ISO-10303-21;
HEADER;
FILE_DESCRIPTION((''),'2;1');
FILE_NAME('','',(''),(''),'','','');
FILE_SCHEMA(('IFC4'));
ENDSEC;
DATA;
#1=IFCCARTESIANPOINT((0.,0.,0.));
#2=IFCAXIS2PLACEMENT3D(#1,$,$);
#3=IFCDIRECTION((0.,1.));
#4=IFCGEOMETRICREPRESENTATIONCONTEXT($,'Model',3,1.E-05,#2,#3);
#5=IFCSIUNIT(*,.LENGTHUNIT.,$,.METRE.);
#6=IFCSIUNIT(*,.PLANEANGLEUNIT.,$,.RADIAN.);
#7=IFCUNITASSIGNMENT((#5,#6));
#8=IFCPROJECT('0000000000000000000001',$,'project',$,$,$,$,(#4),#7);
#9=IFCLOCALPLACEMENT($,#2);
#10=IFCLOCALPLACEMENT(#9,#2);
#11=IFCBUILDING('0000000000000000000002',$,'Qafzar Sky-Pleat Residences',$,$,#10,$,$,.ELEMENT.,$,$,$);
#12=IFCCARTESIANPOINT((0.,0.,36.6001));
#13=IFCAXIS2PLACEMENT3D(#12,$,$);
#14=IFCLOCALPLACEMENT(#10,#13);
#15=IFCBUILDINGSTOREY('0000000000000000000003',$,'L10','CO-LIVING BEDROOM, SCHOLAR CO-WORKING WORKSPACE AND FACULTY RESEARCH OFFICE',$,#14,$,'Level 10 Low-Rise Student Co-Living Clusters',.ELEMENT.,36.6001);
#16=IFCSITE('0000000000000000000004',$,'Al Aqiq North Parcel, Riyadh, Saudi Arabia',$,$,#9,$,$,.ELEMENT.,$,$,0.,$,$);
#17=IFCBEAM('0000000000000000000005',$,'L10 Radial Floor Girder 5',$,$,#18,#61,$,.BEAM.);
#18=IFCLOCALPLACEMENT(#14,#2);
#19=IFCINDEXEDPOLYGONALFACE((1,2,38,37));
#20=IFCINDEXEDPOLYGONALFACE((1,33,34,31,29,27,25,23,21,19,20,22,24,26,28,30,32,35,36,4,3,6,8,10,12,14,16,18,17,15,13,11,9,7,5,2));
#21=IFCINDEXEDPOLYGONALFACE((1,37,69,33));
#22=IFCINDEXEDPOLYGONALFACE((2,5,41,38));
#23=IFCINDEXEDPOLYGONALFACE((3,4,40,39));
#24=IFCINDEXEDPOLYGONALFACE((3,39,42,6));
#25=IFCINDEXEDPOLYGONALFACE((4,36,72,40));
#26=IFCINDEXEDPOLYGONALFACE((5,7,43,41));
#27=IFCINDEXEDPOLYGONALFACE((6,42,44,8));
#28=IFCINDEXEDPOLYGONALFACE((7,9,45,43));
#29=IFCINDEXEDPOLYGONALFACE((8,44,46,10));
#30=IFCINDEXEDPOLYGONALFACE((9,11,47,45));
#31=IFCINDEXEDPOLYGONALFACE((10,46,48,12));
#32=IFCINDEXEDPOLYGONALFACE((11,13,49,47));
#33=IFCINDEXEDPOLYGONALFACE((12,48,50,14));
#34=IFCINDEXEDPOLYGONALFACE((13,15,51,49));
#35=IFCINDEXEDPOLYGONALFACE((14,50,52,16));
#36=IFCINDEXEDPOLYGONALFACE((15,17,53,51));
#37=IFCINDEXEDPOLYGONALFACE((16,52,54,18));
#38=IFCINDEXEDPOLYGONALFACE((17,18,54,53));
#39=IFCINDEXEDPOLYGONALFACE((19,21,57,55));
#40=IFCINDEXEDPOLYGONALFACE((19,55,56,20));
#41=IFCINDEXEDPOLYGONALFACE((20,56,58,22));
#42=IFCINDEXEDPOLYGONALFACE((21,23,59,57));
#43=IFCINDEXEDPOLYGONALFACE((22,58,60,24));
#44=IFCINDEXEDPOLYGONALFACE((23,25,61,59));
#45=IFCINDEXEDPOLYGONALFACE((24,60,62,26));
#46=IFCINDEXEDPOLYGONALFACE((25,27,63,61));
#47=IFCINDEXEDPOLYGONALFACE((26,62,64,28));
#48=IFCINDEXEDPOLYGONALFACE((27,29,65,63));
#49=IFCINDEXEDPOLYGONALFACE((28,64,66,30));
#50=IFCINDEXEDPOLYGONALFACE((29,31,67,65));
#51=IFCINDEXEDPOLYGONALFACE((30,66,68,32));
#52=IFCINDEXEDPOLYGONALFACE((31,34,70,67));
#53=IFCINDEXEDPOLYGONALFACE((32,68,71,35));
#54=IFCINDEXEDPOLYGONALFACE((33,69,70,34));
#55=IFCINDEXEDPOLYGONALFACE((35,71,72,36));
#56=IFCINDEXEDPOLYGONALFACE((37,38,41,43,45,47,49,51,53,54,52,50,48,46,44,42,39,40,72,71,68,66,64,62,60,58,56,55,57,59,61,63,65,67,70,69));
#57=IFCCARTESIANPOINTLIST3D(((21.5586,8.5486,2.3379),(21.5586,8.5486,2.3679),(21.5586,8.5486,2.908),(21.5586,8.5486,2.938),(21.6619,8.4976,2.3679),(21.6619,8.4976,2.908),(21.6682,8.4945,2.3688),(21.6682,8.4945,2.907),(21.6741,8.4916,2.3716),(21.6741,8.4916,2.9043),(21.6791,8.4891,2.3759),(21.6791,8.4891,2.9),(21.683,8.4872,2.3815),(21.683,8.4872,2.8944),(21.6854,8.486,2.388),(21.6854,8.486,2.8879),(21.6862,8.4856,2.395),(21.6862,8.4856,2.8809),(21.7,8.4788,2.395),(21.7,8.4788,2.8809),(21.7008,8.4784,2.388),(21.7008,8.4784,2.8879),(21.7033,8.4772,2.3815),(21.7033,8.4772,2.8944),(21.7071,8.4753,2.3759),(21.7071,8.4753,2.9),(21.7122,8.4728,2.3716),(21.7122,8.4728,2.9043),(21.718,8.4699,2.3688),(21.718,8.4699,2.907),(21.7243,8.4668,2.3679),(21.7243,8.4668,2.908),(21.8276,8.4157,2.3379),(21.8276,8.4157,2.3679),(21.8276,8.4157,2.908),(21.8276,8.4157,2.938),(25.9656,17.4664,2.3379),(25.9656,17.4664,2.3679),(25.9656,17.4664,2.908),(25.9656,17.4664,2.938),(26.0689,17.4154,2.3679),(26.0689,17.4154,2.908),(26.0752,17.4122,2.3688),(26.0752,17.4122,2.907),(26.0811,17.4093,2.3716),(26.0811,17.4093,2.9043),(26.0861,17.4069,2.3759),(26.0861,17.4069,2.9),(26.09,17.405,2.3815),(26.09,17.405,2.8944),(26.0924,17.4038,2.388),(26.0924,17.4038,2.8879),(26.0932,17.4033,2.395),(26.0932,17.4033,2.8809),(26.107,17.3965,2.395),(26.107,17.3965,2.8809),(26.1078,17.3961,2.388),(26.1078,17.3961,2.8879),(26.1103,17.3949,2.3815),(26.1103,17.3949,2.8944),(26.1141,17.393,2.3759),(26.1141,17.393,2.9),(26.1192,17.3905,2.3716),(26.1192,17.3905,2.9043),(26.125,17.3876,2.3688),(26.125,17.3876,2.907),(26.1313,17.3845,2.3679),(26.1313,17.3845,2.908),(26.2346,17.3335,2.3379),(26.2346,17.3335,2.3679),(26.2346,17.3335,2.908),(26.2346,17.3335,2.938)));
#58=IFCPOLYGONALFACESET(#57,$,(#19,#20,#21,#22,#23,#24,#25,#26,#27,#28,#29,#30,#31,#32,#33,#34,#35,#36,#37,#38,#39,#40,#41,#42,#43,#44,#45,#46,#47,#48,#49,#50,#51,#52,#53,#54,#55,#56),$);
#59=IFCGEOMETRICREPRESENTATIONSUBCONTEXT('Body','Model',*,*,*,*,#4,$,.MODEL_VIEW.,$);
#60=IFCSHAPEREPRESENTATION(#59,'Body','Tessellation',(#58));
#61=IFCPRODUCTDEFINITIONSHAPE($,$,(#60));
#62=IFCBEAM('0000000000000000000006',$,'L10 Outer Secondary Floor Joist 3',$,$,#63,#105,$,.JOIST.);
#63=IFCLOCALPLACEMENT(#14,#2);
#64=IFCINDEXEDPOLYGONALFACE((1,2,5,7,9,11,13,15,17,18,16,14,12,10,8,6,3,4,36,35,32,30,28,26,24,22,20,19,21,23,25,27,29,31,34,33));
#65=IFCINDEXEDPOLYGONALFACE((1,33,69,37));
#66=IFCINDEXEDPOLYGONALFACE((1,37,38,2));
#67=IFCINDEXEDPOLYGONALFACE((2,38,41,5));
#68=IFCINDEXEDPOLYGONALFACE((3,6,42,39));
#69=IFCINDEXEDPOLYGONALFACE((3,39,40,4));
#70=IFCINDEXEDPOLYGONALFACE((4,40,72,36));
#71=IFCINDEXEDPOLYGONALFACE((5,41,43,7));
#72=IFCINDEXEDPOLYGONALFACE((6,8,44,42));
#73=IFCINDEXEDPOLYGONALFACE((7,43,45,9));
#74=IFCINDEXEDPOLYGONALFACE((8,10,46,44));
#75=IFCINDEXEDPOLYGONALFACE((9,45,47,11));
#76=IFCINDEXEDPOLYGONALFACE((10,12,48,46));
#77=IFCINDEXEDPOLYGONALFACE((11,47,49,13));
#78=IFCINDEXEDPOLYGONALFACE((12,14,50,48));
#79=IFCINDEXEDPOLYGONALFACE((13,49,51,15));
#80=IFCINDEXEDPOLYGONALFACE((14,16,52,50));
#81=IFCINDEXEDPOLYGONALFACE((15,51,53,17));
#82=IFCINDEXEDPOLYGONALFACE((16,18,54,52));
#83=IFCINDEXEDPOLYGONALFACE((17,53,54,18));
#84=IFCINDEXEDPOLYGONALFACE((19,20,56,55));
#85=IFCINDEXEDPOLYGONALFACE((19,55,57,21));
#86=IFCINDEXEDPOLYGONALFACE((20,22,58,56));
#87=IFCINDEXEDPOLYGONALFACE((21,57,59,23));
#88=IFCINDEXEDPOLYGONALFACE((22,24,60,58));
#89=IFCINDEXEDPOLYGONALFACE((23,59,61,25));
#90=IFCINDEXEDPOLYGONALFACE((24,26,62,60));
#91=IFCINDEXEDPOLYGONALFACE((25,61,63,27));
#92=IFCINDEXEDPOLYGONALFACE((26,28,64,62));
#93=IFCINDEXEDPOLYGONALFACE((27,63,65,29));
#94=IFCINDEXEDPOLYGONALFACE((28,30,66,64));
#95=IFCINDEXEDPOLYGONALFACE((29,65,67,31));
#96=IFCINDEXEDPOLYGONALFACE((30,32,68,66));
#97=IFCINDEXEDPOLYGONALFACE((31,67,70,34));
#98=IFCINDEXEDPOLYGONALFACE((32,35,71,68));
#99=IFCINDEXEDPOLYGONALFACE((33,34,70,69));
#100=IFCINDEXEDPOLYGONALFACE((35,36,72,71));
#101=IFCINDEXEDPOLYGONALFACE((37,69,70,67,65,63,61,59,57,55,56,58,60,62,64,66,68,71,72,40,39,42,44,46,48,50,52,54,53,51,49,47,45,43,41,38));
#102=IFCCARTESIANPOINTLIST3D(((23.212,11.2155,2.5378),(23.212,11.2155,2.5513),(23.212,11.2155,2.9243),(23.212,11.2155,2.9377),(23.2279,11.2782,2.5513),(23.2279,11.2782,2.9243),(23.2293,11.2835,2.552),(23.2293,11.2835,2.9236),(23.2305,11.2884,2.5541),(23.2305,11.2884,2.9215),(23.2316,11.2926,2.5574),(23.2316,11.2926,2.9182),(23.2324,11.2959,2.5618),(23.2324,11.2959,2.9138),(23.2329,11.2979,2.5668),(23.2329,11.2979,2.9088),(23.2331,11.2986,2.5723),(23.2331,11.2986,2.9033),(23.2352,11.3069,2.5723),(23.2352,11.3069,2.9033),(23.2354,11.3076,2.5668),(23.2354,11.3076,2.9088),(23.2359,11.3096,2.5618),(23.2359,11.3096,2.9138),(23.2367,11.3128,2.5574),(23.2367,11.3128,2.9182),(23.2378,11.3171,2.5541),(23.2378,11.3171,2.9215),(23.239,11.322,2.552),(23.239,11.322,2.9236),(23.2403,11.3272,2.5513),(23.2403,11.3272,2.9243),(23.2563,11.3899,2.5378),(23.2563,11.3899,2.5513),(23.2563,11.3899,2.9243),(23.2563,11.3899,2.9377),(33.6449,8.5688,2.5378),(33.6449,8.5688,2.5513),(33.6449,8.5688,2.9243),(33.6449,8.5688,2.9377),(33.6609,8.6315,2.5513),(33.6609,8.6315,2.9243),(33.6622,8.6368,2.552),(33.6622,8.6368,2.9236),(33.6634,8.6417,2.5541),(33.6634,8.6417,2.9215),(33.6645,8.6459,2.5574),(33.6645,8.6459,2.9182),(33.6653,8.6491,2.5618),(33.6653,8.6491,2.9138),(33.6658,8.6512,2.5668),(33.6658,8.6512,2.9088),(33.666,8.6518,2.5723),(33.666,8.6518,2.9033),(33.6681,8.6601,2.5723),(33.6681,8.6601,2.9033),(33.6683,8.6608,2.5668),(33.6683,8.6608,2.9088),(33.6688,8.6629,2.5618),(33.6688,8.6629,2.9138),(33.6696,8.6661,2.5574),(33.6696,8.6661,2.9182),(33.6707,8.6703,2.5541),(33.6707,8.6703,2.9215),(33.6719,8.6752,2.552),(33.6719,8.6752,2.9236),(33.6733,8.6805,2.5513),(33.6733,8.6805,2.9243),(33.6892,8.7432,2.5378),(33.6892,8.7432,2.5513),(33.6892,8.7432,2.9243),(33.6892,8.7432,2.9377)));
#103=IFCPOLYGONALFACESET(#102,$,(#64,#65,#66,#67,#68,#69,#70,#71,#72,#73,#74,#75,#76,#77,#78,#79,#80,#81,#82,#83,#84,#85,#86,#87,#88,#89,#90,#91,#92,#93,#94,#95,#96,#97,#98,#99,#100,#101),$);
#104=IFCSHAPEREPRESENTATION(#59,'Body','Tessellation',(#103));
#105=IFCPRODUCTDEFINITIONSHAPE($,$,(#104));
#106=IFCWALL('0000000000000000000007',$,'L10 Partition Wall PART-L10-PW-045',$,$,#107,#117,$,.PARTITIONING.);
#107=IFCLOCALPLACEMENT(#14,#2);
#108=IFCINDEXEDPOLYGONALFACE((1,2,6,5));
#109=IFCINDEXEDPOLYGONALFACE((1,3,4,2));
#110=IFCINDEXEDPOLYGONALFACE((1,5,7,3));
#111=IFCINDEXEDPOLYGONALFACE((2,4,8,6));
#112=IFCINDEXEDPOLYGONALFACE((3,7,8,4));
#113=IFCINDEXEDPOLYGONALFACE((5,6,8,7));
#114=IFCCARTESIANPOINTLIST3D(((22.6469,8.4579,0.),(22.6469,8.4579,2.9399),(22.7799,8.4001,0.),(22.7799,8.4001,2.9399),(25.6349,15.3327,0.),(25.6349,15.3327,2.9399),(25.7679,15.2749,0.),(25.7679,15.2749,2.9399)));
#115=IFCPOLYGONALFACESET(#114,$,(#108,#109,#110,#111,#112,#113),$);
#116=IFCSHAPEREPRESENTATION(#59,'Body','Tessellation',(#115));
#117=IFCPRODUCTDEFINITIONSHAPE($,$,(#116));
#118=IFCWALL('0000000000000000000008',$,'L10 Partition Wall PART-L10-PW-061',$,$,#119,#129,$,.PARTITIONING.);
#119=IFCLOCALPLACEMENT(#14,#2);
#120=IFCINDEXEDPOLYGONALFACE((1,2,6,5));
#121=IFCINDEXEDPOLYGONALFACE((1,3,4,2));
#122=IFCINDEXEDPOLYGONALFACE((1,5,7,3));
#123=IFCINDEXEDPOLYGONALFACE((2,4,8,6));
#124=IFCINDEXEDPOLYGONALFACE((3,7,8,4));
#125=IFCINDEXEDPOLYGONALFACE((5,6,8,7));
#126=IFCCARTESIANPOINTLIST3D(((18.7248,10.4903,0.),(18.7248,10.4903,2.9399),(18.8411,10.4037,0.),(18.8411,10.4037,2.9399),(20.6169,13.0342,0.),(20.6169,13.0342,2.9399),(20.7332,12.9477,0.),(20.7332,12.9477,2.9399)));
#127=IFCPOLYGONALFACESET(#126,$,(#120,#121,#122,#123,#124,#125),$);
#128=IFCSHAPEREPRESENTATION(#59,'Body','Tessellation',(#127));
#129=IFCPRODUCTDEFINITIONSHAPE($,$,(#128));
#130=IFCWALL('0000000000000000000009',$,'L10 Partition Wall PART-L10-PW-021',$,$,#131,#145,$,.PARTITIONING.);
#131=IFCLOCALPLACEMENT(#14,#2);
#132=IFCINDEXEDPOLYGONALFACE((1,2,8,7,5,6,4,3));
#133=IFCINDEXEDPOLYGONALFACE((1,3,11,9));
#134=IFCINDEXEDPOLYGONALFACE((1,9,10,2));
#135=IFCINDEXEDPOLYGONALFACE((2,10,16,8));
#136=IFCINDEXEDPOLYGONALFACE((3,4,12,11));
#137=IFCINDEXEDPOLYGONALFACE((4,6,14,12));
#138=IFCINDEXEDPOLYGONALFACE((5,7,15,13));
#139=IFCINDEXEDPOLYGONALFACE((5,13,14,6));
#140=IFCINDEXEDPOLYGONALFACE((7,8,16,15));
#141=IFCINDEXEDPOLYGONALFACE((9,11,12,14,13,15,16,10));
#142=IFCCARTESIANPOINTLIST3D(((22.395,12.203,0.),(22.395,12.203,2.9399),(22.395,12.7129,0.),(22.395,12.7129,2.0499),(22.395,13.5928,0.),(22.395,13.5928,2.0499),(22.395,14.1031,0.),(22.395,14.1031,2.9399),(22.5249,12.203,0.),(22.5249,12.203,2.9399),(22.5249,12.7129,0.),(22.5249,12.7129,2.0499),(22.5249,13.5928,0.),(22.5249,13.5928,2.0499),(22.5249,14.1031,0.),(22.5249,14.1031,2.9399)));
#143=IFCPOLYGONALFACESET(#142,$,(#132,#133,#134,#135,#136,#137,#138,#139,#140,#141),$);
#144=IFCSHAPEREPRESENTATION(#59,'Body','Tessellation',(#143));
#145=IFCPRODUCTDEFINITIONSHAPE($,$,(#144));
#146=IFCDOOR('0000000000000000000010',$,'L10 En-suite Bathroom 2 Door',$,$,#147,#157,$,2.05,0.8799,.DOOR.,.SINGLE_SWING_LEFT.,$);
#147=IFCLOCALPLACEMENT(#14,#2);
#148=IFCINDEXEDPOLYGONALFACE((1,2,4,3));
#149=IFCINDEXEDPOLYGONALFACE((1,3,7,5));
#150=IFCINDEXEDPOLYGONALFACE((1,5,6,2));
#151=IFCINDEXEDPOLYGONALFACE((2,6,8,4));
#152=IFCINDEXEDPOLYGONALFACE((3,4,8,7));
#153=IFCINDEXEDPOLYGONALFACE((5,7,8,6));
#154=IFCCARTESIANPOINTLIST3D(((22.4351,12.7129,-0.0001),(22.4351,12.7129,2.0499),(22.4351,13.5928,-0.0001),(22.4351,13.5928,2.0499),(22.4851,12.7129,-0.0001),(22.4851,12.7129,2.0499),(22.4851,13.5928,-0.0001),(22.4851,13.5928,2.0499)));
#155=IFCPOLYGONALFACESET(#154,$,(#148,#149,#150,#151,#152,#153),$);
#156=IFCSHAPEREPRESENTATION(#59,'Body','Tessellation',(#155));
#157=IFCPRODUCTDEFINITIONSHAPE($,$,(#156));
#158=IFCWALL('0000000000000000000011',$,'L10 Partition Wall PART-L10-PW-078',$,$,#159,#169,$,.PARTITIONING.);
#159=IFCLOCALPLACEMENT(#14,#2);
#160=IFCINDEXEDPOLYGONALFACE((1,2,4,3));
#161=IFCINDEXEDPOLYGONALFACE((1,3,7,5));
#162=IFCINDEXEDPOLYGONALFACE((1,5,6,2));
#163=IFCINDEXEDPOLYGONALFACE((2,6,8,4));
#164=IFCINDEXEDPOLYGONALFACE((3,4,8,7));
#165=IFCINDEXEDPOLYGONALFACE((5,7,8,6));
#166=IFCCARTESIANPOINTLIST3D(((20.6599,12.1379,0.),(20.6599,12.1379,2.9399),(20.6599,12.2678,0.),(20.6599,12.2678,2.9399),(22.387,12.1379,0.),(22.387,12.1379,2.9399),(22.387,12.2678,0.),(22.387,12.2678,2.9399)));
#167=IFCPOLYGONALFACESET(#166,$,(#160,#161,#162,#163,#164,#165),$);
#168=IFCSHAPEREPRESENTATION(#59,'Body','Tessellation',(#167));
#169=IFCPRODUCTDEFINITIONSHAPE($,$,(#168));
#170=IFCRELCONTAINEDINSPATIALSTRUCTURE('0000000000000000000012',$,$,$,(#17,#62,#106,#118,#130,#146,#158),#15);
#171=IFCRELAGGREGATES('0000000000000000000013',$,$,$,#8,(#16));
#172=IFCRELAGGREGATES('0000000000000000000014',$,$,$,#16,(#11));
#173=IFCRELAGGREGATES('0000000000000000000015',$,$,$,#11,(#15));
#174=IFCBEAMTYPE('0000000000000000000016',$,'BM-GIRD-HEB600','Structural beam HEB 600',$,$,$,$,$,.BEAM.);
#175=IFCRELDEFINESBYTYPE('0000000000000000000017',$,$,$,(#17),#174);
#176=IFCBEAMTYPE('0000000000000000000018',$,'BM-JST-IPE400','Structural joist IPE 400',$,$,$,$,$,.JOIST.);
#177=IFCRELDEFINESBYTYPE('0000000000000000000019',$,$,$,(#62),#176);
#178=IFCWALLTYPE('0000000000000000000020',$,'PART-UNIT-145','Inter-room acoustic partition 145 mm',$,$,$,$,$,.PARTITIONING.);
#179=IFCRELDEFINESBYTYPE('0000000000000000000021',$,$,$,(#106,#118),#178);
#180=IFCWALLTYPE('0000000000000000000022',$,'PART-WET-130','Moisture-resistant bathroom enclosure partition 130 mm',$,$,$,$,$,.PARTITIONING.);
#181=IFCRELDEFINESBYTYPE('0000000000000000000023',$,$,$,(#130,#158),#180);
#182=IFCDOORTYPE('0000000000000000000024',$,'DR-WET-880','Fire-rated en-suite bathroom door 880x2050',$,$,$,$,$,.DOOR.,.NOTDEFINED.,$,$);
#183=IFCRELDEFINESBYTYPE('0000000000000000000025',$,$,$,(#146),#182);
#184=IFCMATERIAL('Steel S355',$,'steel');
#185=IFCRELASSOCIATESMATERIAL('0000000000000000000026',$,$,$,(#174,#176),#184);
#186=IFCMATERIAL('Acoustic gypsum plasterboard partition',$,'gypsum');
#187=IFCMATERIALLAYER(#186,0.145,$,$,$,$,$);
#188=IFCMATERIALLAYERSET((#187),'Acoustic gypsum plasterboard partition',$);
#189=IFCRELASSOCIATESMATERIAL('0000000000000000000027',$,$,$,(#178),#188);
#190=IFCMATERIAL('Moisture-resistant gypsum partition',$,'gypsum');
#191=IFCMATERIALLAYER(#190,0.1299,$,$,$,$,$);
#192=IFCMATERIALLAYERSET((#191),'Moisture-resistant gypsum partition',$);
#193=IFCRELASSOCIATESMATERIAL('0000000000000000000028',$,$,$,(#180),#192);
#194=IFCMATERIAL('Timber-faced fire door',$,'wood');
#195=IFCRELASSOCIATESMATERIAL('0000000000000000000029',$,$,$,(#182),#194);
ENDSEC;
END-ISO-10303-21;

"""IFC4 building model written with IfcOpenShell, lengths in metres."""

from ifc_helpers import new_model, si_unit, direction, frame, frame_2d, origin, origin_2d, place, context, subcontext, project, spatial, rectangle, i_section, extrude, source, transform, mapped, material, layer, layer_set, material_profile, profile_set, type_object, element, fill, save


model = new_model("IFC4")

# Units and contexts
model_context = context("Model", 3, precision=1e-05, world=origin(), true_north=direction((0.0, 1.0)))
body_context = subcontext(model_context, "Body", "Model", "MODEL_VIEW")
ifc_project = project(units=[si_unit("LENGTHUNIT", "METRE"), si_unit("PLANEANGLEUNIT", "RADIAN")], contexts=[model_context])

# Site, building, storey
site_placement = place(None, origin())
site = spatial("IfcSite", under=ifc_project, at=site_placement, Name="Al Aqiq North Parcel, Riyadh, Saudi Arabia", CompositionType="ELEMENT", RefElevation=0.0)
building_placement = place(site_placement, origin())
building = spatial("IfcBuilding", under=site, at=building_placement, Name="Qafzar Sky-Pleat Residences", CompositionType="ELEMENT")
storey_placement = place(building_placement, frame((0.0, 0.0, 36.6001)))
storey = spatial("IfcBuildingStorey", under=building, at=storey_placement, Name="L10", Description="CO-LIVING BEDROOM, SCHOLAR CO-WORKING WORKSPACE AND FACULTY RESEARCH OFFICE", LongName="Level 10 Low-Rise Student Co-Living Clusters", CompositionType="ELEMENT", Elevation=36.6001)

# Beams
ifc_material_1 = material(Name="Steel S355", Category="steel")
ifc_material_profile_1 = material_profile(ifc_material_1, i_section(OverallWidth=0.3, OverallDepth=0.6001, WebThickness=0.0154, FlangeThickness=0.03, FilletRadius=0.0271, at=origin_2d()), Name="HEB 600")
ifc_profile_set_1 = profile_set([ifc_material_profile_1], Name="Steel S355")
beam_type_1 = type_object("IfcBeamType", Name="BM-GIRD-HEB600", Description="Structural beam HEB 600", PredefinedType="BEAM", material=ifc_profile_set_1)
shared_shape_1 = source(origin(), body_context, "Body", "SweptSolid", [
    extrude(i_section(OverallWidth=0.3, OverallDepth=0.6001, WebThickness=0.0154, FlangeThickness=0.03, FilletRadius=0.0271, at=origin_2d()), origin(), (0.0, 0.0, 1.0), 9.9473),
])
beam_1_placement = place(storey_placement, frame((21.6931, 8.4822, 2.6379), z_axis=(0.443036, 0.896504, 0.0), x_axis=(-0.896504, 0.443036, 0.0)))
element("IfcBeam", 1, at=beam_1_placement, inside=storey, type_object=beam_type_1, Name="L10 Radial Floor Girder 5", PredefinedType="BEAM", context=body_context, shape_type="MappedRepresentation", body=[
    mapped(shared_shape_1, transform((0.0, 0.0, 0.0), x_axis=(1.0, 0.0, 0.0), y_axis=(0.0, 1.0, 0.0), z_axis=(0.0, 0.0, 1.0), scale=1.0)),
])
ifc_material_profile_2 = material_profile(ifc_material_1, i_section(OverallWidth=0.1799, OverallDepth=0.3999, WebThickness=0.0085, FlangeThickness=0.0134, FilletRadius=0.021, at=origin_2d()), Name="IPE 400")
ifc_profile_set_2 = profile_set([ifc_material_profile_2], Name="Steel S355")
beam_type_2 = type_object("IfcBeamType", Name="BM-JST-IPE400", Description="Structural joist IPE 400", PredefinedType="JOIST", material=ifc_profile_set_2)
shared_shape_2 = source(origin(), body_context, "Body", "SweptSolid", [
    extrude(i_section(OverallWidth=0.1799, OverallDepth=0.3999, WebThickness=0.0085, FlangeThickness=0.0134, FilletRadius=0.021, at=origin_2d()), origin(), (0.0, 0.0, 1.0), 10.7634),
])
beam_2_placement = place(storey_placement, frame((23.2341, 11.3027, 2.7378), z_axis=(0.969295, -0.245902, 0.0), x_axis=(0.245902, 0.969295, 0.0)))
element("IfcBeam", 2, at=beam_2_placement, inside=storey, type_object=beam_type_2, Name="L10 Outer Secondary Floor Joist 3", PredefinedType="JOIST", context=body_context, shape_type="MappedRepresentation", body=[
    mapped(shared_shape_2, transform((0.0, 0.0, 0.0), x_axis=(1.0, 0.0, 0.0), y_axis=(0.0, 1.0, 0.0), z_axis=(0.0, 0.0, 1.0), scale=1.0)),
])

# Walls
ifc_material_2 = material(Name="Acoustic gypsum plasterboard partition", Category="gypsum")
ifc_layer_1 = layer(ifc_material_2, 0.145)
ifc_layer_set_1 = layer_set([ifc_layer_1], Name="Acoustic gypsum plasterboard partition")
wall_type_1 = type_object("IfcWallType", Name="PART-UNIT-145", Description="Inter-room acoustic partition 145 mm", PredefinedType="PARTITIONING", material=ifc_layer_set_1)
wall_1_placement = place(storey_placement, frame((22.7134, 8.429, 0.0), z_axis=(0.0, 0.0, 1.0), x_axis=(0.398615, 0.917118, 0.0)))
element("IfcWall", 3, at=wall_1_placement, inside=storey, type_object=wall_type_1, Name="L10 Partition Wall PART-L10-PW-045", PredefinedType="PARTITIONING", context=body_context, shape_type="SweptSolid", body=[
    extrude(rectangle(XDim=7.4961, YDim=0.145, at=frame_2d((3.748, 0.0))), origin(), (0.0, 0.0, 1.0), 2.9399),
])
wall_2_placement = place(storey_placement, frame((18.783, 10.447, 0.0), z_axis=(0.0, 0.0, 1.0), x_axis=(0.596792, 0.802396, 0.0)))
element("IfcWall", 4, at=wall_2_placement, inside=storey, type_object=wall_type_1, Name="L10 Partition Wall PART-L10-PW-061", PredefinedType="PARTITIONING", context=body_context, shape_type="SweptSolid", body=[
    extrude(rectangle(XDim=3.1704, YDim=0.145, at=frame_2d((1.5852, 0.0))), origin(), (0.0, 0.0, 1.0), 2.9399),
])

# Wall, opening, door
ifc_material_3 = material(Name="Moisture-resistant gypsum partition", Category="gypsum")
ifc_layer_2 = layer(ifc_material_3, 0.1299)
ifc_layer_set_2 = layer_set([ifc_layer_2], Name="Moisture-resistant gypsum partition")
wall_type_2 = type_object("IfcWallType", Name="PART-WET-130", Description="Moisture-resistant bathroom enclosure partition 130 mm", PredefinedType="PARTITIONING", material=ifc_layer_set_2)
wall_3_placement = place(storey_placement, frame((22.46, 12.2029, 0.0), z_axis=(0.0, 0.0, 1.0), x_axis=(0.0, 1.0, 0.0)))
wall_3 = element("IfcWall", 5, at=wall_3_placement, inside=storey, type_object=wall_type_2, Name="L10 Partition Wall PART-L10-PW-021", PredefinedType="PARTITIONING", context=body_context, shape_type="SweptSolid", body=[
    extrude(rectangle(XDim=1.9001, YDim=0.1299, at=frame_2d((0.9502, 0.0))), origin(), (0.0, 0.0, 1.0), 2.9399),
])
opening_1_placement = place(wall_3_placement, frame((0.51, 0.0, 0.0)))
opening_1 = element("IfcOpeningElement", 6, at=opening_1_placement, cuts=wall_3, PredefinedType="OPENING", context=body_context, shape_type="SweptSolid", body=[
    extrude(rectangle(XDim=0.8799, YDim=2.05, at=frame_2d((0.4399, 1.0249))), frame((0.0, 0.075, 0.0), z_axis=(0.0, -1.0, 0.0), x_axis=(1.0, 0.0, 0.0)), (0.0, 0.0, 1.0), 0.1499),
])
ifc_material_4 = material(Name="Timber-faced fire door", Category="wood")
door_type = type_object("IfcDoorType", Name="DR-WET-880", Description="Fire-rated en-suite bathroom door 880x2050", OperationType="NOTDEFINED", PredefinedType="DOOR", material=ifc_material_4)
shared_shape_3 = source(origin(), body_context, "Body", "SweptSolid", [
    extrude(rectangle(XDim=0.8799, YDim=2.05, at=frame_2d((0.4399, 1.0249))), frame((0.0, 0.0249, 0.0), z_axis=(0.0, -1.0, 0.0), x_axis=(1.0, 0.0, 0.0)), (0.0, 0.0, 1.0), 0.05),
])
door_placement = place(opening_1_placement, origin())
door = element("IfcDoor", 7, at=door_placement, inside=storey, type_object=door_type, Name="L10 En-suite Bathroom 2 Door", OperationType="SINGLE_SWING_LEFT", OverallHeight=2.05, OverallWidth=0.8799, PredefinedType="DOOR", context=body_context, shape_type="MappedRepresentation", body=[
    mapped(shared_shape_3, transform((0.0, 0.0, 0.0), x_axis=(1.0, 0.0, 0.0), y_axis=(0.0, 1.0, 0.0), z_axis=(0.0, 0.0, 1.0), scale=1.0)),
])
fill(opening_1, door)

# Wall
wall_4_placement = place(storey_placement, frame((20.6599, 12.2029, 0.0), z_axis=(0.0, 0.0, 1.0), x_axis=(1.0, 0.0, 0.0)))
element("IfcWall", 8, at=wall_4_placement, inside=storey, type_object=wall_type_2, Name="L10 Partition Wall PART-L10-PW-078", PredefinedType="PARTITIONING", context=body_context, shape_type="SweptSolid", body=[
    extrude(rectangle(XDim=1.7271, YDim=0.1299, at=frame_2d((0.8635, 0.0))), origin(), (0.0, 0.0, 1.0), 2.9399),
])

save(model, "model.ifc")
